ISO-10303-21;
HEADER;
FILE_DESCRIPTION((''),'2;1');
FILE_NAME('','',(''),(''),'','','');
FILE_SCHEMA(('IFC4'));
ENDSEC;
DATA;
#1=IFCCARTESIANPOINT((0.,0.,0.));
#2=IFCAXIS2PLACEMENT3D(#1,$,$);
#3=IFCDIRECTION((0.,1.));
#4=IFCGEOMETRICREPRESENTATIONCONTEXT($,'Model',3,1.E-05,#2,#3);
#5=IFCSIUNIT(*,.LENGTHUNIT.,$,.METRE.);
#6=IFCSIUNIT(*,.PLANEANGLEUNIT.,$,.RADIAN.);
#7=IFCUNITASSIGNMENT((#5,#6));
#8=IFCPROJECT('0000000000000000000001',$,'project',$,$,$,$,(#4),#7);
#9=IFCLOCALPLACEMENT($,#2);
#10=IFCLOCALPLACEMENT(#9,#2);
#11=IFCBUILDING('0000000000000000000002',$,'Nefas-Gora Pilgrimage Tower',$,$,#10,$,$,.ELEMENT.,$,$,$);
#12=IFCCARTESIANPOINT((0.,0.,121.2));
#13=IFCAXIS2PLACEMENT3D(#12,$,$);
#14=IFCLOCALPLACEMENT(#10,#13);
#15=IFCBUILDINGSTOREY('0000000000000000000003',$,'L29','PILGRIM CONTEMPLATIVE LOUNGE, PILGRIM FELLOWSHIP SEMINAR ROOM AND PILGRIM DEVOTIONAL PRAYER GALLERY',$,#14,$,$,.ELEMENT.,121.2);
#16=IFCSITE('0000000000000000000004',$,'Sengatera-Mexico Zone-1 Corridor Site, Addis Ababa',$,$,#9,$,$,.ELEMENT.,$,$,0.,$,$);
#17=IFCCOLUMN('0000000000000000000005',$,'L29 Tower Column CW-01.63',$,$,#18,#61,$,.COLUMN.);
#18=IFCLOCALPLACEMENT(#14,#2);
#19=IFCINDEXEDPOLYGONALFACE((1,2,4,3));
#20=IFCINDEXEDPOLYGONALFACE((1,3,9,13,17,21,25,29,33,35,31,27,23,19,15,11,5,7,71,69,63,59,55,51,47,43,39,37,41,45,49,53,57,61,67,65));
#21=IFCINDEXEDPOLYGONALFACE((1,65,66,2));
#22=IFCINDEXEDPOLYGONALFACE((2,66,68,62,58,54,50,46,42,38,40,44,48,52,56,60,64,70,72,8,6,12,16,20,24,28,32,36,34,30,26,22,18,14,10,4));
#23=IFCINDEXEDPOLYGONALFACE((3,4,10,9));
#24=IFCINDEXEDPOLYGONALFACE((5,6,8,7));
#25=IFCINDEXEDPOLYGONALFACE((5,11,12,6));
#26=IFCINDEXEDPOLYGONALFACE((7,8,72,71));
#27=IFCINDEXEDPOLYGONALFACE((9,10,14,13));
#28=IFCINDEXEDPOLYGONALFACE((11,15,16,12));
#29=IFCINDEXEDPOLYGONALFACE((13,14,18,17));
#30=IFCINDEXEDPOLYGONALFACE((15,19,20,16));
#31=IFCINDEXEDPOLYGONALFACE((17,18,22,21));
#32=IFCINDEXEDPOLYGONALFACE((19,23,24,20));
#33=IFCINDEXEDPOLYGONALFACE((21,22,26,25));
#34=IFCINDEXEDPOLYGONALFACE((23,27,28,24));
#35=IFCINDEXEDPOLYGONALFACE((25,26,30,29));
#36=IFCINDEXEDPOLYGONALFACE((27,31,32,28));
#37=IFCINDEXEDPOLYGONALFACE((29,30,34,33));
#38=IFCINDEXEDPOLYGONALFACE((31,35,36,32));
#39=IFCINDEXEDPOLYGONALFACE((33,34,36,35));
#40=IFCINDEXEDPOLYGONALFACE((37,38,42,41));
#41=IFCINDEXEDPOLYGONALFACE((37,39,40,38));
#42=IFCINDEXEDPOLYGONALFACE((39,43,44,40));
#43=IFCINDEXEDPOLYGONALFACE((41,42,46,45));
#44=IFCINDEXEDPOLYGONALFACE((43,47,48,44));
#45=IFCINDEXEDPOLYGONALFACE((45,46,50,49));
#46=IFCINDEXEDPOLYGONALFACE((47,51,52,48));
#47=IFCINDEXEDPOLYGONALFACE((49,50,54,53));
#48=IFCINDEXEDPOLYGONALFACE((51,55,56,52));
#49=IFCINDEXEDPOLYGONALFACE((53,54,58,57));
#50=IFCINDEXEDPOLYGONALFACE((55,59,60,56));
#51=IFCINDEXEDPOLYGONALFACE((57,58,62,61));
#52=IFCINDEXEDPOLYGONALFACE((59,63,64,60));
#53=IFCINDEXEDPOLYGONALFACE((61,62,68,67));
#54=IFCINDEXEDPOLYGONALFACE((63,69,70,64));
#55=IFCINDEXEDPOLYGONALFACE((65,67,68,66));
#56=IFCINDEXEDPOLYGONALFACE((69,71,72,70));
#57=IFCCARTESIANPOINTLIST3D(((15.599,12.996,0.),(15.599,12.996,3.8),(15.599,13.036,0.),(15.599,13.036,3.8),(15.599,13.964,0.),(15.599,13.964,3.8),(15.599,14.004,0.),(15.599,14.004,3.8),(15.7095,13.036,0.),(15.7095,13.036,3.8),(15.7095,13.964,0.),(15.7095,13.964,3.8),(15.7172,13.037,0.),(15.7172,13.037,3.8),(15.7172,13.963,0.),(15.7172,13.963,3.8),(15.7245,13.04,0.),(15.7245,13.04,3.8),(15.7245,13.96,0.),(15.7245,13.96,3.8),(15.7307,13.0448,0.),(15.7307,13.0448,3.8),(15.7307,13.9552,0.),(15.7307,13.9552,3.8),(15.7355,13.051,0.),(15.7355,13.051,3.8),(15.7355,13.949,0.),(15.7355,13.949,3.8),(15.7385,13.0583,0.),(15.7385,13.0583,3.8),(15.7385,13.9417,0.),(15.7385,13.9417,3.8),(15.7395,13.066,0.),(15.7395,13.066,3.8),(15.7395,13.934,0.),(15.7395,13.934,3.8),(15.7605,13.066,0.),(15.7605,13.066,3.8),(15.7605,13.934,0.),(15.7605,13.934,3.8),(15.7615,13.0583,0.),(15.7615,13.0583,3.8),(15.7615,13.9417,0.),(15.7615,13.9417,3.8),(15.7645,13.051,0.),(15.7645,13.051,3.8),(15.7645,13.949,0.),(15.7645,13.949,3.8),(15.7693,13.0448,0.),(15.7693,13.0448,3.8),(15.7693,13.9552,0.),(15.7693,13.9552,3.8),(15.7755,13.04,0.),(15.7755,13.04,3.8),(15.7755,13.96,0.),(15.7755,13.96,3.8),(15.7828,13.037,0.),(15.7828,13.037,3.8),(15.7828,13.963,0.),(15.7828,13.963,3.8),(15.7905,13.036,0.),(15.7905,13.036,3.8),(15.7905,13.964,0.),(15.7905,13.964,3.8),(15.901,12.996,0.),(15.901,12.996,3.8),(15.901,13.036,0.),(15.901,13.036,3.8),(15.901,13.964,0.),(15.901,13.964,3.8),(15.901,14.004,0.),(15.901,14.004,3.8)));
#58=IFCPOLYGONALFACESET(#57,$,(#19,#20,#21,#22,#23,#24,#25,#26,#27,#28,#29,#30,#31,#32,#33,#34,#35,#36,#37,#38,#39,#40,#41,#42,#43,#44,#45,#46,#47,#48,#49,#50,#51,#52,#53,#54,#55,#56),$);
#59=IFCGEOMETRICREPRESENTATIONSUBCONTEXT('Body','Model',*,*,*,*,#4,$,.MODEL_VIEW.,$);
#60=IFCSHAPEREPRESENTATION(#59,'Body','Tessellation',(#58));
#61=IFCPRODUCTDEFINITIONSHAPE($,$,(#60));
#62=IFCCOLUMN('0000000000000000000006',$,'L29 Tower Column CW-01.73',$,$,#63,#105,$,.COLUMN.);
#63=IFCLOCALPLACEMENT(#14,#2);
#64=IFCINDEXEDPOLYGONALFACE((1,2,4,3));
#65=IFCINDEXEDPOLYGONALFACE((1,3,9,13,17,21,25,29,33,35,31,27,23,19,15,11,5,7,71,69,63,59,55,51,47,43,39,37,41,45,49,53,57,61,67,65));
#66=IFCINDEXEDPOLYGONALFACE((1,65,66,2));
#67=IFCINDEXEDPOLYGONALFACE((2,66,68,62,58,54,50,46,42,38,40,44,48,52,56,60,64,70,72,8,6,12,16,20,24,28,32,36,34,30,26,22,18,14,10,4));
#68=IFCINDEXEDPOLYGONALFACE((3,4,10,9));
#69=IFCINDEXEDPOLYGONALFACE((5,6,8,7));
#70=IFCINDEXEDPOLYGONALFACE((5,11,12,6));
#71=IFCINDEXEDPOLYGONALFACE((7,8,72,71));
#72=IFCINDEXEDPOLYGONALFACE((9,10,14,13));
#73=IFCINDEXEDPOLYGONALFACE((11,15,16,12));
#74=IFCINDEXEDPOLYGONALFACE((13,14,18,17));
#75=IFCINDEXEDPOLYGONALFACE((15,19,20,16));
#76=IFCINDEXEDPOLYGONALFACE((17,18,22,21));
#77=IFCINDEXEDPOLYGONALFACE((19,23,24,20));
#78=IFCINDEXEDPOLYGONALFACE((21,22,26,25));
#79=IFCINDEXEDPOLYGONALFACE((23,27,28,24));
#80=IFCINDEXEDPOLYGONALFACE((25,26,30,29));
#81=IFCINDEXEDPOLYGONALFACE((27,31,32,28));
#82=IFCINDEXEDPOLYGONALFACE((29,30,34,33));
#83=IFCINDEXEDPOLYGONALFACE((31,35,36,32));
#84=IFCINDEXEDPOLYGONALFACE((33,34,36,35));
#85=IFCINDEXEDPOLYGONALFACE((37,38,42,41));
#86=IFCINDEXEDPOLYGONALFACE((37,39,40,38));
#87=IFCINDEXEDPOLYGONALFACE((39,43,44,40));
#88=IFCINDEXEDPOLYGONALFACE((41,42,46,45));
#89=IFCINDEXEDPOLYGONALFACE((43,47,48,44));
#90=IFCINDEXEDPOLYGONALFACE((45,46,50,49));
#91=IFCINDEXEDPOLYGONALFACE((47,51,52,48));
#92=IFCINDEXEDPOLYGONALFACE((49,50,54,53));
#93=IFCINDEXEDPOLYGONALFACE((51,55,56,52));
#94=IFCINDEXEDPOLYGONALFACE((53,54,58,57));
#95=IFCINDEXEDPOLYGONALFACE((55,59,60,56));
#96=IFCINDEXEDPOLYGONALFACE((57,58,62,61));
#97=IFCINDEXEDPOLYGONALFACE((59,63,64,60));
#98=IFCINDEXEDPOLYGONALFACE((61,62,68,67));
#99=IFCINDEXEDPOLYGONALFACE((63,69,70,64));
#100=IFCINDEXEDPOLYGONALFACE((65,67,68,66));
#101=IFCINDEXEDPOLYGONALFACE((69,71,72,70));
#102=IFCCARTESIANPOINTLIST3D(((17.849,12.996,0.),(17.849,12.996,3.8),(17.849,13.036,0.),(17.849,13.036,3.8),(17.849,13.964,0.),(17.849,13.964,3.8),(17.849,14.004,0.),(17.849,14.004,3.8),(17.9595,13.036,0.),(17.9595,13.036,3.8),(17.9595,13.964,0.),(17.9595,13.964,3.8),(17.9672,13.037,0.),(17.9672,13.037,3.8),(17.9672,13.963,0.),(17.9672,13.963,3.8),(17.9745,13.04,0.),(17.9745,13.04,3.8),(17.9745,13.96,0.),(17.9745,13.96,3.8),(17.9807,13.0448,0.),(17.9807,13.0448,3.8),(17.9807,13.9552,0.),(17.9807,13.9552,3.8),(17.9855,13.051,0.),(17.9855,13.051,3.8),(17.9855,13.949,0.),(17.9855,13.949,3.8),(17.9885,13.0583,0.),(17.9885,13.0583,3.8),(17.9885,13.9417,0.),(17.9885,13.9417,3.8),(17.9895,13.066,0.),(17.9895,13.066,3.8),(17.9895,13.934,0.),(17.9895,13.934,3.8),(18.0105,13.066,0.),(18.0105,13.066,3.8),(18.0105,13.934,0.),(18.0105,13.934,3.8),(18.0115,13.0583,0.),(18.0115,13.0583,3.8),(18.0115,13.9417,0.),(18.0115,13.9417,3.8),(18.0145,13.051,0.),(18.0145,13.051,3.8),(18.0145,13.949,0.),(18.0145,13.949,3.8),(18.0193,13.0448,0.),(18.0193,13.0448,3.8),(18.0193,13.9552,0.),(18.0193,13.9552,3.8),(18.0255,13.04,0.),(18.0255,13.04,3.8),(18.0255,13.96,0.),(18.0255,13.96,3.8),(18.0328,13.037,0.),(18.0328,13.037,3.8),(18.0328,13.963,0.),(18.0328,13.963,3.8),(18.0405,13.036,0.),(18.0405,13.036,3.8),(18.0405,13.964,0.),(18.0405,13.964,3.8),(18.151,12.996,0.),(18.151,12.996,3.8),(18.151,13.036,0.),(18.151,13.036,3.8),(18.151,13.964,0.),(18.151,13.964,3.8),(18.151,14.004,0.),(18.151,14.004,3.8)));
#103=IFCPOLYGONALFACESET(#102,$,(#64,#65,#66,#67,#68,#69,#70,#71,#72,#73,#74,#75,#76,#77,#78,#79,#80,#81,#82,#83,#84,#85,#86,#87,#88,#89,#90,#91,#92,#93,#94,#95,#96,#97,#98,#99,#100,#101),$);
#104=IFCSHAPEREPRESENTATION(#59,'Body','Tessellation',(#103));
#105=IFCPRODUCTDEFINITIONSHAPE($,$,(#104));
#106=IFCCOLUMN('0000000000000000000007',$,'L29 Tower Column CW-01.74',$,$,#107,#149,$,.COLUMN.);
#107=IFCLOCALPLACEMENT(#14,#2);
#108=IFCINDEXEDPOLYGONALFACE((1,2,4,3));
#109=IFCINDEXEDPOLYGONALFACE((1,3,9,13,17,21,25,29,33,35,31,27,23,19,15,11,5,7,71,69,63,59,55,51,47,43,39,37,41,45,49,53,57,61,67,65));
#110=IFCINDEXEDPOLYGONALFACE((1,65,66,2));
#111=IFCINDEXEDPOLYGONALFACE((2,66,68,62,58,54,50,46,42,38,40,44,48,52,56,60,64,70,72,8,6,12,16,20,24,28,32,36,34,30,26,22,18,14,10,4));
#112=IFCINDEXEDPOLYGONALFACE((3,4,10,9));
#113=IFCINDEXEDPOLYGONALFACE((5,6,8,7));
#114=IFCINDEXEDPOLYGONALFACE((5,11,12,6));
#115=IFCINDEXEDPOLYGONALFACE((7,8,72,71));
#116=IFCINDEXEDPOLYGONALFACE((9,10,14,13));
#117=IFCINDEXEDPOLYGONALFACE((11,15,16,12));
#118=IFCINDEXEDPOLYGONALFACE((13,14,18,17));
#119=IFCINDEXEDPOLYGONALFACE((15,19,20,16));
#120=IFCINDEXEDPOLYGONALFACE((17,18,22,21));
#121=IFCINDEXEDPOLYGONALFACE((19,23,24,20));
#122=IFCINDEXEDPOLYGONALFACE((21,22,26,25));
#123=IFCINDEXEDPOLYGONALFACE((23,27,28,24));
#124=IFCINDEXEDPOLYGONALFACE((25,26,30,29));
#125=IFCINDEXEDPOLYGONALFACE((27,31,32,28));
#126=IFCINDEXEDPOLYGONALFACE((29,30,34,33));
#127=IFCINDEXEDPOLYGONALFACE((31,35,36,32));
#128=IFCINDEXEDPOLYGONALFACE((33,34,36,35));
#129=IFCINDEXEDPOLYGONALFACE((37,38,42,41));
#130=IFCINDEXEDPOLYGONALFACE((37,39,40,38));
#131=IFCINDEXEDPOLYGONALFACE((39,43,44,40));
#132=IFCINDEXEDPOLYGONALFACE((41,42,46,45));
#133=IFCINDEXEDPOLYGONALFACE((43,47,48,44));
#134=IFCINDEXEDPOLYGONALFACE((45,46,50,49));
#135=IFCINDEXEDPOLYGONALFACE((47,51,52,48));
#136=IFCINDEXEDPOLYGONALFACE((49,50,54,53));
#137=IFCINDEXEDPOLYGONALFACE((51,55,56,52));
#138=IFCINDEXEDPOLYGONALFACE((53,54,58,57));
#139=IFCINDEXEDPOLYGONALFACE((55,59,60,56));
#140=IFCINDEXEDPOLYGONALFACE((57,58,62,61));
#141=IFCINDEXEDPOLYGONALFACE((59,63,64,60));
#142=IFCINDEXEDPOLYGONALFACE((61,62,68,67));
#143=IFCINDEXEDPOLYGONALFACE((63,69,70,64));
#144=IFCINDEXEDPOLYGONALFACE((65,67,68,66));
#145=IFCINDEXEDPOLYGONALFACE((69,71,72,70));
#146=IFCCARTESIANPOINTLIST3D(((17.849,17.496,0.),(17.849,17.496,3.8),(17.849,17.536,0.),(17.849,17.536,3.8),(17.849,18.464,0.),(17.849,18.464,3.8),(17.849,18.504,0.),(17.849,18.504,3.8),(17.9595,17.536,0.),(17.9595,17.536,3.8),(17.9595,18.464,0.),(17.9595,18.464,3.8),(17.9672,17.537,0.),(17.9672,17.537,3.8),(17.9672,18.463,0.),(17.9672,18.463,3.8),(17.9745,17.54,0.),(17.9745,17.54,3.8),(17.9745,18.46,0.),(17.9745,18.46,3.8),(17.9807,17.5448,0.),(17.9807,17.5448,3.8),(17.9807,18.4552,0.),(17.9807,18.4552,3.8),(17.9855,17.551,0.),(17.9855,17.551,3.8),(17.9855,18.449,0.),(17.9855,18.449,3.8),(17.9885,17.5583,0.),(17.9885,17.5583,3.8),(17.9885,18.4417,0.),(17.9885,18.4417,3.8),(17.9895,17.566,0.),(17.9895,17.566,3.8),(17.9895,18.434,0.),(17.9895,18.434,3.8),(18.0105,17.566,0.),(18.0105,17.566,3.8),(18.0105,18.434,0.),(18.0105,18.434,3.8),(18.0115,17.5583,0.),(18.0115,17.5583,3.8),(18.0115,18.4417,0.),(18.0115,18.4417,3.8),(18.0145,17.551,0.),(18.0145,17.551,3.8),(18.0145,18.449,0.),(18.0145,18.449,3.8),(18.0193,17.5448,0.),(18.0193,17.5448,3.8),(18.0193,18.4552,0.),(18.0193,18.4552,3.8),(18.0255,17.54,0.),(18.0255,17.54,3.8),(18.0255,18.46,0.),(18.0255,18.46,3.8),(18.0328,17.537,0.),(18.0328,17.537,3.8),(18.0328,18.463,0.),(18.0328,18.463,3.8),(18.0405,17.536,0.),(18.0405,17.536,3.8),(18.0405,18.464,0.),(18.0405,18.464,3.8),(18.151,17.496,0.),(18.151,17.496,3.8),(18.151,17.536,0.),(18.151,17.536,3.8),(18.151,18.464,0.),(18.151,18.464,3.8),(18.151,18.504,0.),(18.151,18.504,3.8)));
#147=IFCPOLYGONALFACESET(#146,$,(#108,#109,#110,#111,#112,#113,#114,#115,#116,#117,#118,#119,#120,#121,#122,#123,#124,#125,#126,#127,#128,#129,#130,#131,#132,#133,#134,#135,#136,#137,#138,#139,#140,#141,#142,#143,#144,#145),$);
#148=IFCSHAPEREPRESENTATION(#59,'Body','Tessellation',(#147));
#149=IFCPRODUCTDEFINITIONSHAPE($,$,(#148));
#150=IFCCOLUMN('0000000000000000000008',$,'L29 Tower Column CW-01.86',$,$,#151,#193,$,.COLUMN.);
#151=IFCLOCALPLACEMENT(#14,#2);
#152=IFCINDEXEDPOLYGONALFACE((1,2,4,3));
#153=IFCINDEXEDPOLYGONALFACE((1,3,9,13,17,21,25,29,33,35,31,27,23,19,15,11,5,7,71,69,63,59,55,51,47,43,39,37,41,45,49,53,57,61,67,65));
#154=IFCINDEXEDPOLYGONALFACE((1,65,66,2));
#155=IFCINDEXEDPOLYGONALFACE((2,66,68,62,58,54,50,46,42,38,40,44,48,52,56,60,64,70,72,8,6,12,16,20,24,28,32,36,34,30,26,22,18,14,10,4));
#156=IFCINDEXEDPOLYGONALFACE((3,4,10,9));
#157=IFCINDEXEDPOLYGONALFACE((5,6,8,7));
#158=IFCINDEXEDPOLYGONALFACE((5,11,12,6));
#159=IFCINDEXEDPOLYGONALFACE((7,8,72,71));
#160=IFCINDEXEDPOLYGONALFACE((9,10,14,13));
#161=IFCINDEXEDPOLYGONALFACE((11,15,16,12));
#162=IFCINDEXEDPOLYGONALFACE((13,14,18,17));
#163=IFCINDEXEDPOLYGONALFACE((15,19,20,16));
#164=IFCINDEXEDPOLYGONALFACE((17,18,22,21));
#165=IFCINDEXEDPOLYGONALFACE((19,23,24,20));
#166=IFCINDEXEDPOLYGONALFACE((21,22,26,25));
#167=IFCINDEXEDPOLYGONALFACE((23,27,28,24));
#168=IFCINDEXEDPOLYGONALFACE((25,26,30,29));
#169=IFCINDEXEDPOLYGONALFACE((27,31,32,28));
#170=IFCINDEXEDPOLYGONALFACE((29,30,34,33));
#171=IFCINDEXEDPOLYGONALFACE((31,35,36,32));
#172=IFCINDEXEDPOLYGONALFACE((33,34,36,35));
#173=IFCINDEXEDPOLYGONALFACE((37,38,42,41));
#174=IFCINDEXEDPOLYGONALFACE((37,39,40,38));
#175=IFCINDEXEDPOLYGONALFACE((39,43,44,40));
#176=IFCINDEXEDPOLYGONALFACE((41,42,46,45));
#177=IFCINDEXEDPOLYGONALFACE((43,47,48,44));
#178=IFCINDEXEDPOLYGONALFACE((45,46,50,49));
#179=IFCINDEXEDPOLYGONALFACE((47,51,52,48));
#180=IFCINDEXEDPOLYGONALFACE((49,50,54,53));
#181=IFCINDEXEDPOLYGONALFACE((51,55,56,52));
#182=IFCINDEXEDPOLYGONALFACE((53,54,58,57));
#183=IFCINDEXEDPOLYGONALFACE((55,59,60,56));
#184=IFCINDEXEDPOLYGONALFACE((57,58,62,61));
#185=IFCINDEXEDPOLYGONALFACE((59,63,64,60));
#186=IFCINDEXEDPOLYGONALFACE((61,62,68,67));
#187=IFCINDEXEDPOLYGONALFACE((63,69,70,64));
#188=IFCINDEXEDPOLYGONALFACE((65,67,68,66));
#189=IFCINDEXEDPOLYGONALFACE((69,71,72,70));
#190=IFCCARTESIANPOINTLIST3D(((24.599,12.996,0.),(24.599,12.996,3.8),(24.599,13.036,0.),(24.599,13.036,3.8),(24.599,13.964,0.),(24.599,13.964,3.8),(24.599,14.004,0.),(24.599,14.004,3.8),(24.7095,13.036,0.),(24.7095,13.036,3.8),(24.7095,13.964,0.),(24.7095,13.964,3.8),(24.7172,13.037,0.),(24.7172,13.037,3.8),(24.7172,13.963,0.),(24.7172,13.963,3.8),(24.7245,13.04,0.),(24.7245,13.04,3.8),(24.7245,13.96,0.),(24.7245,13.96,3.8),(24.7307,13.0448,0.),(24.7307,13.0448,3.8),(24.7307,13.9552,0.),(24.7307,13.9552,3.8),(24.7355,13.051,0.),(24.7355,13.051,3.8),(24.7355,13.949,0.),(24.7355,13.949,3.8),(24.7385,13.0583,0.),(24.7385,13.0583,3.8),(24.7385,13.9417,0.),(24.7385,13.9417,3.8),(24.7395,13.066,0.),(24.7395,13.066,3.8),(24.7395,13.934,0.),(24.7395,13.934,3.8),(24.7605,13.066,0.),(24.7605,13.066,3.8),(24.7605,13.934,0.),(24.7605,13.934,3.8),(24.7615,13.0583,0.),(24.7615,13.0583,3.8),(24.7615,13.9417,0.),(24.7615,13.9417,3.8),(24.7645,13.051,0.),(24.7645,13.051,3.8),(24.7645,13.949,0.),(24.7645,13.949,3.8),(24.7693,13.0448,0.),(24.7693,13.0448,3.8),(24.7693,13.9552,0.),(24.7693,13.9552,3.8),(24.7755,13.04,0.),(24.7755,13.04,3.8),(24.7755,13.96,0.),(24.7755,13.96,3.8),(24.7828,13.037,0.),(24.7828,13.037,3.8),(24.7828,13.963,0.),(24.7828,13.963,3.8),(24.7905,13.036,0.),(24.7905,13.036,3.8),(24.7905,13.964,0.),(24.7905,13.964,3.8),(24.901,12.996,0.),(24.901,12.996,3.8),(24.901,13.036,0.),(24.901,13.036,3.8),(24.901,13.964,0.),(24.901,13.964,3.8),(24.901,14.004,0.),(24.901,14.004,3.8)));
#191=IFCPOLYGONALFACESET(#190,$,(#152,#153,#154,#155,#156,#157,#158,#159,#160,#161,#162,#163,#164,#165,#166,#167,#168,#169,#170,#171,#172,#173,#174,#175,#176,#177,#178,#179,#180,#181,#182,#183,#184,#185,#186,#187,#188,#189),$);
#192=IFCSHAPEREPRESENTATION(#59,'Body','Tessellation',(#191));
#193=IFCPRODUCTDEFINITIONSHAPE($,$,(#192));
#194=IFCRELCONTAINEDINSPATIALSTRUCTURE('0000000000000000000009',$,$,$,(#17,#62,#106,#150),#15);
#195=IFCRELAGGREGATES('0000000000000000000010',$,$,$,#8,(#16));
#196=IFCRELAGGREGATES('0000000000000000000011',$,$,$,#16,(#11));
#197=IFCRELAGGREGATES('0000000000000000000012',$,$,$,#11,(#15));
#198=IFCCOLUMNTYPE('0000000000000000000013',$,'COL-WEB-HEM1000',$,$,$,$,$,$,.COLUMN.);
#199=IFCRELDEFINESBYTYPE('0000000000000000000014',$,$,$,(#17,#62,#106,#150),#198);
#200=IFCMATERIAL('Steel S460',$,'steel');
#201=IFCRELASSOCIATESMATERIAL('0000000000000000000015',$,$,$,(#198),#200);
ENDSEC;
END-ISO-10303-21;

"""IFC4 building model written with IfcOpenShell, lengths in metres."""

from ifc_helpers import new_model, si_unit, direction, frame, origin, origin_2d, place, context, subcontext, project, spatial, i_section, extrude, source, transform, mapped, material, material_profile, profile_set, type_object, element, save


model = new_model("IFC4")

# Units and contexts
model_context = context("Model", 3, precision=1e-05, world=origin(), true_north=direction((0.0, 1.0)))
body_context = subcontext(model_context, "Body", "Model", "MODEL_VIEW")
ifc_project = project(units=[si_unit("LENGTHUNIT", "METRE"), si_unit("PLANEANGLEUNIT", "RADIAN")], contexts=[model_context])

# Site, building, storey
site_placement = place(None, origin())
site = spatial("IfcSite", under=ifc_project, at=site_placement, Name="Sengatera-Mexico Zone-1 Corridor Site, Addis Ababa", CompositionType="ELEMENT", RefElevation=0.0)
building_placement = place(site_placement, origin())
building = spatial("IfcBuilding", under=site, at=building_placement, Name="Nefas-Gora Pilgrimage Tower", CompositionType="ELEMENT")
storey_placement = place(building_placement, frame((0.0, 0.0, 121.2)))
storey = spatial("IfcBuildingStorey", under=building, at=storey_placement, Name="L29", Description="PILGRIM CONTEMPLATIVE LOUNGE, PILGRIM FELLOWSHIP SEMINAR ROOM AND PILGRIM DEVOTIONAL PRAYER GALLERY", CompositionType="ELEMENT", Elevation=121.2)

# Columns
ifc_material_1 = material(Name="Steel S460", Category="steel")
ifc_material_profile_1 = material_profile(ifc_material_1, i_section(OverallWidth=0.302, OverallDepth=1.0081, WebThickness=0.021, FlangeThickness=0.04, FilletRadius=0.03, at=origin_2d()), Name="HEM 1000")
ifc_profile_set_1 = profile_set([ifc_material_profile_1], Name="Steel S460")
column_type_1 = type_object("IfcColumnType", Name="COL-WEB-HEM1000", PredefinedType="COLUMN", material=ifc_profile_set_1)
shared_shape_1 = source(origin(), body_context, "Body", "SweptSolid", [
    extrude(i_section(OverallWidth=0.302, OverallDepth=1.0081, WebThickness=0.021, FlangeThickness=0.04, FilletRadius=0.03, at=origin_2d()), origin(), (0.0, 0.0, 1.0), 3.8),
])
for number, where, z_axis, x_axis, name in (
    (1, (15.75, 13.5, 0.0), (0.0, 0.0, 1.0), (1.0, 0.0, 0.0), "L29 Tower Column CW-01.63"),
    (2, (18.0, 13.5, 0.0), (0.0, 0.0, 1.0), (1.0, 0.0, 0.0), "L29 Tower Column CW-01.73"),
    (3, (18.0, 18.0, 0.0), (0.0, 0.0, 1.0), (1.0, 0.0, 0.0), "L29 Tower Column CW-01.74"),
    (4, (24.75, 13.5, 0.0), (0.0, 0.0, 1.0), (1.0, 0.0, 0.0), "L29 Tower Column CW-01.86"),
):
    element("IfcColumn", number, at=place(storey_placement, frame(where, z_axis=z_axis, x_axis=x_axis)), inside=storey, type_object=column_type_1, Name=name, PredefinedType="COLUMN", context=body_context, shape_type="MappedRepresentation", body=[
        mapped(shared_shape_1, transform((0.0, 0.0, 0.0), x_axis=(1.0, 0.0, 0.0), y_axis=(0.0, 1.0, 0.0), z_axis=(0.0, 0.0, 1.0), scale=1.0)),
    ])

save(model, "model.ifc")
